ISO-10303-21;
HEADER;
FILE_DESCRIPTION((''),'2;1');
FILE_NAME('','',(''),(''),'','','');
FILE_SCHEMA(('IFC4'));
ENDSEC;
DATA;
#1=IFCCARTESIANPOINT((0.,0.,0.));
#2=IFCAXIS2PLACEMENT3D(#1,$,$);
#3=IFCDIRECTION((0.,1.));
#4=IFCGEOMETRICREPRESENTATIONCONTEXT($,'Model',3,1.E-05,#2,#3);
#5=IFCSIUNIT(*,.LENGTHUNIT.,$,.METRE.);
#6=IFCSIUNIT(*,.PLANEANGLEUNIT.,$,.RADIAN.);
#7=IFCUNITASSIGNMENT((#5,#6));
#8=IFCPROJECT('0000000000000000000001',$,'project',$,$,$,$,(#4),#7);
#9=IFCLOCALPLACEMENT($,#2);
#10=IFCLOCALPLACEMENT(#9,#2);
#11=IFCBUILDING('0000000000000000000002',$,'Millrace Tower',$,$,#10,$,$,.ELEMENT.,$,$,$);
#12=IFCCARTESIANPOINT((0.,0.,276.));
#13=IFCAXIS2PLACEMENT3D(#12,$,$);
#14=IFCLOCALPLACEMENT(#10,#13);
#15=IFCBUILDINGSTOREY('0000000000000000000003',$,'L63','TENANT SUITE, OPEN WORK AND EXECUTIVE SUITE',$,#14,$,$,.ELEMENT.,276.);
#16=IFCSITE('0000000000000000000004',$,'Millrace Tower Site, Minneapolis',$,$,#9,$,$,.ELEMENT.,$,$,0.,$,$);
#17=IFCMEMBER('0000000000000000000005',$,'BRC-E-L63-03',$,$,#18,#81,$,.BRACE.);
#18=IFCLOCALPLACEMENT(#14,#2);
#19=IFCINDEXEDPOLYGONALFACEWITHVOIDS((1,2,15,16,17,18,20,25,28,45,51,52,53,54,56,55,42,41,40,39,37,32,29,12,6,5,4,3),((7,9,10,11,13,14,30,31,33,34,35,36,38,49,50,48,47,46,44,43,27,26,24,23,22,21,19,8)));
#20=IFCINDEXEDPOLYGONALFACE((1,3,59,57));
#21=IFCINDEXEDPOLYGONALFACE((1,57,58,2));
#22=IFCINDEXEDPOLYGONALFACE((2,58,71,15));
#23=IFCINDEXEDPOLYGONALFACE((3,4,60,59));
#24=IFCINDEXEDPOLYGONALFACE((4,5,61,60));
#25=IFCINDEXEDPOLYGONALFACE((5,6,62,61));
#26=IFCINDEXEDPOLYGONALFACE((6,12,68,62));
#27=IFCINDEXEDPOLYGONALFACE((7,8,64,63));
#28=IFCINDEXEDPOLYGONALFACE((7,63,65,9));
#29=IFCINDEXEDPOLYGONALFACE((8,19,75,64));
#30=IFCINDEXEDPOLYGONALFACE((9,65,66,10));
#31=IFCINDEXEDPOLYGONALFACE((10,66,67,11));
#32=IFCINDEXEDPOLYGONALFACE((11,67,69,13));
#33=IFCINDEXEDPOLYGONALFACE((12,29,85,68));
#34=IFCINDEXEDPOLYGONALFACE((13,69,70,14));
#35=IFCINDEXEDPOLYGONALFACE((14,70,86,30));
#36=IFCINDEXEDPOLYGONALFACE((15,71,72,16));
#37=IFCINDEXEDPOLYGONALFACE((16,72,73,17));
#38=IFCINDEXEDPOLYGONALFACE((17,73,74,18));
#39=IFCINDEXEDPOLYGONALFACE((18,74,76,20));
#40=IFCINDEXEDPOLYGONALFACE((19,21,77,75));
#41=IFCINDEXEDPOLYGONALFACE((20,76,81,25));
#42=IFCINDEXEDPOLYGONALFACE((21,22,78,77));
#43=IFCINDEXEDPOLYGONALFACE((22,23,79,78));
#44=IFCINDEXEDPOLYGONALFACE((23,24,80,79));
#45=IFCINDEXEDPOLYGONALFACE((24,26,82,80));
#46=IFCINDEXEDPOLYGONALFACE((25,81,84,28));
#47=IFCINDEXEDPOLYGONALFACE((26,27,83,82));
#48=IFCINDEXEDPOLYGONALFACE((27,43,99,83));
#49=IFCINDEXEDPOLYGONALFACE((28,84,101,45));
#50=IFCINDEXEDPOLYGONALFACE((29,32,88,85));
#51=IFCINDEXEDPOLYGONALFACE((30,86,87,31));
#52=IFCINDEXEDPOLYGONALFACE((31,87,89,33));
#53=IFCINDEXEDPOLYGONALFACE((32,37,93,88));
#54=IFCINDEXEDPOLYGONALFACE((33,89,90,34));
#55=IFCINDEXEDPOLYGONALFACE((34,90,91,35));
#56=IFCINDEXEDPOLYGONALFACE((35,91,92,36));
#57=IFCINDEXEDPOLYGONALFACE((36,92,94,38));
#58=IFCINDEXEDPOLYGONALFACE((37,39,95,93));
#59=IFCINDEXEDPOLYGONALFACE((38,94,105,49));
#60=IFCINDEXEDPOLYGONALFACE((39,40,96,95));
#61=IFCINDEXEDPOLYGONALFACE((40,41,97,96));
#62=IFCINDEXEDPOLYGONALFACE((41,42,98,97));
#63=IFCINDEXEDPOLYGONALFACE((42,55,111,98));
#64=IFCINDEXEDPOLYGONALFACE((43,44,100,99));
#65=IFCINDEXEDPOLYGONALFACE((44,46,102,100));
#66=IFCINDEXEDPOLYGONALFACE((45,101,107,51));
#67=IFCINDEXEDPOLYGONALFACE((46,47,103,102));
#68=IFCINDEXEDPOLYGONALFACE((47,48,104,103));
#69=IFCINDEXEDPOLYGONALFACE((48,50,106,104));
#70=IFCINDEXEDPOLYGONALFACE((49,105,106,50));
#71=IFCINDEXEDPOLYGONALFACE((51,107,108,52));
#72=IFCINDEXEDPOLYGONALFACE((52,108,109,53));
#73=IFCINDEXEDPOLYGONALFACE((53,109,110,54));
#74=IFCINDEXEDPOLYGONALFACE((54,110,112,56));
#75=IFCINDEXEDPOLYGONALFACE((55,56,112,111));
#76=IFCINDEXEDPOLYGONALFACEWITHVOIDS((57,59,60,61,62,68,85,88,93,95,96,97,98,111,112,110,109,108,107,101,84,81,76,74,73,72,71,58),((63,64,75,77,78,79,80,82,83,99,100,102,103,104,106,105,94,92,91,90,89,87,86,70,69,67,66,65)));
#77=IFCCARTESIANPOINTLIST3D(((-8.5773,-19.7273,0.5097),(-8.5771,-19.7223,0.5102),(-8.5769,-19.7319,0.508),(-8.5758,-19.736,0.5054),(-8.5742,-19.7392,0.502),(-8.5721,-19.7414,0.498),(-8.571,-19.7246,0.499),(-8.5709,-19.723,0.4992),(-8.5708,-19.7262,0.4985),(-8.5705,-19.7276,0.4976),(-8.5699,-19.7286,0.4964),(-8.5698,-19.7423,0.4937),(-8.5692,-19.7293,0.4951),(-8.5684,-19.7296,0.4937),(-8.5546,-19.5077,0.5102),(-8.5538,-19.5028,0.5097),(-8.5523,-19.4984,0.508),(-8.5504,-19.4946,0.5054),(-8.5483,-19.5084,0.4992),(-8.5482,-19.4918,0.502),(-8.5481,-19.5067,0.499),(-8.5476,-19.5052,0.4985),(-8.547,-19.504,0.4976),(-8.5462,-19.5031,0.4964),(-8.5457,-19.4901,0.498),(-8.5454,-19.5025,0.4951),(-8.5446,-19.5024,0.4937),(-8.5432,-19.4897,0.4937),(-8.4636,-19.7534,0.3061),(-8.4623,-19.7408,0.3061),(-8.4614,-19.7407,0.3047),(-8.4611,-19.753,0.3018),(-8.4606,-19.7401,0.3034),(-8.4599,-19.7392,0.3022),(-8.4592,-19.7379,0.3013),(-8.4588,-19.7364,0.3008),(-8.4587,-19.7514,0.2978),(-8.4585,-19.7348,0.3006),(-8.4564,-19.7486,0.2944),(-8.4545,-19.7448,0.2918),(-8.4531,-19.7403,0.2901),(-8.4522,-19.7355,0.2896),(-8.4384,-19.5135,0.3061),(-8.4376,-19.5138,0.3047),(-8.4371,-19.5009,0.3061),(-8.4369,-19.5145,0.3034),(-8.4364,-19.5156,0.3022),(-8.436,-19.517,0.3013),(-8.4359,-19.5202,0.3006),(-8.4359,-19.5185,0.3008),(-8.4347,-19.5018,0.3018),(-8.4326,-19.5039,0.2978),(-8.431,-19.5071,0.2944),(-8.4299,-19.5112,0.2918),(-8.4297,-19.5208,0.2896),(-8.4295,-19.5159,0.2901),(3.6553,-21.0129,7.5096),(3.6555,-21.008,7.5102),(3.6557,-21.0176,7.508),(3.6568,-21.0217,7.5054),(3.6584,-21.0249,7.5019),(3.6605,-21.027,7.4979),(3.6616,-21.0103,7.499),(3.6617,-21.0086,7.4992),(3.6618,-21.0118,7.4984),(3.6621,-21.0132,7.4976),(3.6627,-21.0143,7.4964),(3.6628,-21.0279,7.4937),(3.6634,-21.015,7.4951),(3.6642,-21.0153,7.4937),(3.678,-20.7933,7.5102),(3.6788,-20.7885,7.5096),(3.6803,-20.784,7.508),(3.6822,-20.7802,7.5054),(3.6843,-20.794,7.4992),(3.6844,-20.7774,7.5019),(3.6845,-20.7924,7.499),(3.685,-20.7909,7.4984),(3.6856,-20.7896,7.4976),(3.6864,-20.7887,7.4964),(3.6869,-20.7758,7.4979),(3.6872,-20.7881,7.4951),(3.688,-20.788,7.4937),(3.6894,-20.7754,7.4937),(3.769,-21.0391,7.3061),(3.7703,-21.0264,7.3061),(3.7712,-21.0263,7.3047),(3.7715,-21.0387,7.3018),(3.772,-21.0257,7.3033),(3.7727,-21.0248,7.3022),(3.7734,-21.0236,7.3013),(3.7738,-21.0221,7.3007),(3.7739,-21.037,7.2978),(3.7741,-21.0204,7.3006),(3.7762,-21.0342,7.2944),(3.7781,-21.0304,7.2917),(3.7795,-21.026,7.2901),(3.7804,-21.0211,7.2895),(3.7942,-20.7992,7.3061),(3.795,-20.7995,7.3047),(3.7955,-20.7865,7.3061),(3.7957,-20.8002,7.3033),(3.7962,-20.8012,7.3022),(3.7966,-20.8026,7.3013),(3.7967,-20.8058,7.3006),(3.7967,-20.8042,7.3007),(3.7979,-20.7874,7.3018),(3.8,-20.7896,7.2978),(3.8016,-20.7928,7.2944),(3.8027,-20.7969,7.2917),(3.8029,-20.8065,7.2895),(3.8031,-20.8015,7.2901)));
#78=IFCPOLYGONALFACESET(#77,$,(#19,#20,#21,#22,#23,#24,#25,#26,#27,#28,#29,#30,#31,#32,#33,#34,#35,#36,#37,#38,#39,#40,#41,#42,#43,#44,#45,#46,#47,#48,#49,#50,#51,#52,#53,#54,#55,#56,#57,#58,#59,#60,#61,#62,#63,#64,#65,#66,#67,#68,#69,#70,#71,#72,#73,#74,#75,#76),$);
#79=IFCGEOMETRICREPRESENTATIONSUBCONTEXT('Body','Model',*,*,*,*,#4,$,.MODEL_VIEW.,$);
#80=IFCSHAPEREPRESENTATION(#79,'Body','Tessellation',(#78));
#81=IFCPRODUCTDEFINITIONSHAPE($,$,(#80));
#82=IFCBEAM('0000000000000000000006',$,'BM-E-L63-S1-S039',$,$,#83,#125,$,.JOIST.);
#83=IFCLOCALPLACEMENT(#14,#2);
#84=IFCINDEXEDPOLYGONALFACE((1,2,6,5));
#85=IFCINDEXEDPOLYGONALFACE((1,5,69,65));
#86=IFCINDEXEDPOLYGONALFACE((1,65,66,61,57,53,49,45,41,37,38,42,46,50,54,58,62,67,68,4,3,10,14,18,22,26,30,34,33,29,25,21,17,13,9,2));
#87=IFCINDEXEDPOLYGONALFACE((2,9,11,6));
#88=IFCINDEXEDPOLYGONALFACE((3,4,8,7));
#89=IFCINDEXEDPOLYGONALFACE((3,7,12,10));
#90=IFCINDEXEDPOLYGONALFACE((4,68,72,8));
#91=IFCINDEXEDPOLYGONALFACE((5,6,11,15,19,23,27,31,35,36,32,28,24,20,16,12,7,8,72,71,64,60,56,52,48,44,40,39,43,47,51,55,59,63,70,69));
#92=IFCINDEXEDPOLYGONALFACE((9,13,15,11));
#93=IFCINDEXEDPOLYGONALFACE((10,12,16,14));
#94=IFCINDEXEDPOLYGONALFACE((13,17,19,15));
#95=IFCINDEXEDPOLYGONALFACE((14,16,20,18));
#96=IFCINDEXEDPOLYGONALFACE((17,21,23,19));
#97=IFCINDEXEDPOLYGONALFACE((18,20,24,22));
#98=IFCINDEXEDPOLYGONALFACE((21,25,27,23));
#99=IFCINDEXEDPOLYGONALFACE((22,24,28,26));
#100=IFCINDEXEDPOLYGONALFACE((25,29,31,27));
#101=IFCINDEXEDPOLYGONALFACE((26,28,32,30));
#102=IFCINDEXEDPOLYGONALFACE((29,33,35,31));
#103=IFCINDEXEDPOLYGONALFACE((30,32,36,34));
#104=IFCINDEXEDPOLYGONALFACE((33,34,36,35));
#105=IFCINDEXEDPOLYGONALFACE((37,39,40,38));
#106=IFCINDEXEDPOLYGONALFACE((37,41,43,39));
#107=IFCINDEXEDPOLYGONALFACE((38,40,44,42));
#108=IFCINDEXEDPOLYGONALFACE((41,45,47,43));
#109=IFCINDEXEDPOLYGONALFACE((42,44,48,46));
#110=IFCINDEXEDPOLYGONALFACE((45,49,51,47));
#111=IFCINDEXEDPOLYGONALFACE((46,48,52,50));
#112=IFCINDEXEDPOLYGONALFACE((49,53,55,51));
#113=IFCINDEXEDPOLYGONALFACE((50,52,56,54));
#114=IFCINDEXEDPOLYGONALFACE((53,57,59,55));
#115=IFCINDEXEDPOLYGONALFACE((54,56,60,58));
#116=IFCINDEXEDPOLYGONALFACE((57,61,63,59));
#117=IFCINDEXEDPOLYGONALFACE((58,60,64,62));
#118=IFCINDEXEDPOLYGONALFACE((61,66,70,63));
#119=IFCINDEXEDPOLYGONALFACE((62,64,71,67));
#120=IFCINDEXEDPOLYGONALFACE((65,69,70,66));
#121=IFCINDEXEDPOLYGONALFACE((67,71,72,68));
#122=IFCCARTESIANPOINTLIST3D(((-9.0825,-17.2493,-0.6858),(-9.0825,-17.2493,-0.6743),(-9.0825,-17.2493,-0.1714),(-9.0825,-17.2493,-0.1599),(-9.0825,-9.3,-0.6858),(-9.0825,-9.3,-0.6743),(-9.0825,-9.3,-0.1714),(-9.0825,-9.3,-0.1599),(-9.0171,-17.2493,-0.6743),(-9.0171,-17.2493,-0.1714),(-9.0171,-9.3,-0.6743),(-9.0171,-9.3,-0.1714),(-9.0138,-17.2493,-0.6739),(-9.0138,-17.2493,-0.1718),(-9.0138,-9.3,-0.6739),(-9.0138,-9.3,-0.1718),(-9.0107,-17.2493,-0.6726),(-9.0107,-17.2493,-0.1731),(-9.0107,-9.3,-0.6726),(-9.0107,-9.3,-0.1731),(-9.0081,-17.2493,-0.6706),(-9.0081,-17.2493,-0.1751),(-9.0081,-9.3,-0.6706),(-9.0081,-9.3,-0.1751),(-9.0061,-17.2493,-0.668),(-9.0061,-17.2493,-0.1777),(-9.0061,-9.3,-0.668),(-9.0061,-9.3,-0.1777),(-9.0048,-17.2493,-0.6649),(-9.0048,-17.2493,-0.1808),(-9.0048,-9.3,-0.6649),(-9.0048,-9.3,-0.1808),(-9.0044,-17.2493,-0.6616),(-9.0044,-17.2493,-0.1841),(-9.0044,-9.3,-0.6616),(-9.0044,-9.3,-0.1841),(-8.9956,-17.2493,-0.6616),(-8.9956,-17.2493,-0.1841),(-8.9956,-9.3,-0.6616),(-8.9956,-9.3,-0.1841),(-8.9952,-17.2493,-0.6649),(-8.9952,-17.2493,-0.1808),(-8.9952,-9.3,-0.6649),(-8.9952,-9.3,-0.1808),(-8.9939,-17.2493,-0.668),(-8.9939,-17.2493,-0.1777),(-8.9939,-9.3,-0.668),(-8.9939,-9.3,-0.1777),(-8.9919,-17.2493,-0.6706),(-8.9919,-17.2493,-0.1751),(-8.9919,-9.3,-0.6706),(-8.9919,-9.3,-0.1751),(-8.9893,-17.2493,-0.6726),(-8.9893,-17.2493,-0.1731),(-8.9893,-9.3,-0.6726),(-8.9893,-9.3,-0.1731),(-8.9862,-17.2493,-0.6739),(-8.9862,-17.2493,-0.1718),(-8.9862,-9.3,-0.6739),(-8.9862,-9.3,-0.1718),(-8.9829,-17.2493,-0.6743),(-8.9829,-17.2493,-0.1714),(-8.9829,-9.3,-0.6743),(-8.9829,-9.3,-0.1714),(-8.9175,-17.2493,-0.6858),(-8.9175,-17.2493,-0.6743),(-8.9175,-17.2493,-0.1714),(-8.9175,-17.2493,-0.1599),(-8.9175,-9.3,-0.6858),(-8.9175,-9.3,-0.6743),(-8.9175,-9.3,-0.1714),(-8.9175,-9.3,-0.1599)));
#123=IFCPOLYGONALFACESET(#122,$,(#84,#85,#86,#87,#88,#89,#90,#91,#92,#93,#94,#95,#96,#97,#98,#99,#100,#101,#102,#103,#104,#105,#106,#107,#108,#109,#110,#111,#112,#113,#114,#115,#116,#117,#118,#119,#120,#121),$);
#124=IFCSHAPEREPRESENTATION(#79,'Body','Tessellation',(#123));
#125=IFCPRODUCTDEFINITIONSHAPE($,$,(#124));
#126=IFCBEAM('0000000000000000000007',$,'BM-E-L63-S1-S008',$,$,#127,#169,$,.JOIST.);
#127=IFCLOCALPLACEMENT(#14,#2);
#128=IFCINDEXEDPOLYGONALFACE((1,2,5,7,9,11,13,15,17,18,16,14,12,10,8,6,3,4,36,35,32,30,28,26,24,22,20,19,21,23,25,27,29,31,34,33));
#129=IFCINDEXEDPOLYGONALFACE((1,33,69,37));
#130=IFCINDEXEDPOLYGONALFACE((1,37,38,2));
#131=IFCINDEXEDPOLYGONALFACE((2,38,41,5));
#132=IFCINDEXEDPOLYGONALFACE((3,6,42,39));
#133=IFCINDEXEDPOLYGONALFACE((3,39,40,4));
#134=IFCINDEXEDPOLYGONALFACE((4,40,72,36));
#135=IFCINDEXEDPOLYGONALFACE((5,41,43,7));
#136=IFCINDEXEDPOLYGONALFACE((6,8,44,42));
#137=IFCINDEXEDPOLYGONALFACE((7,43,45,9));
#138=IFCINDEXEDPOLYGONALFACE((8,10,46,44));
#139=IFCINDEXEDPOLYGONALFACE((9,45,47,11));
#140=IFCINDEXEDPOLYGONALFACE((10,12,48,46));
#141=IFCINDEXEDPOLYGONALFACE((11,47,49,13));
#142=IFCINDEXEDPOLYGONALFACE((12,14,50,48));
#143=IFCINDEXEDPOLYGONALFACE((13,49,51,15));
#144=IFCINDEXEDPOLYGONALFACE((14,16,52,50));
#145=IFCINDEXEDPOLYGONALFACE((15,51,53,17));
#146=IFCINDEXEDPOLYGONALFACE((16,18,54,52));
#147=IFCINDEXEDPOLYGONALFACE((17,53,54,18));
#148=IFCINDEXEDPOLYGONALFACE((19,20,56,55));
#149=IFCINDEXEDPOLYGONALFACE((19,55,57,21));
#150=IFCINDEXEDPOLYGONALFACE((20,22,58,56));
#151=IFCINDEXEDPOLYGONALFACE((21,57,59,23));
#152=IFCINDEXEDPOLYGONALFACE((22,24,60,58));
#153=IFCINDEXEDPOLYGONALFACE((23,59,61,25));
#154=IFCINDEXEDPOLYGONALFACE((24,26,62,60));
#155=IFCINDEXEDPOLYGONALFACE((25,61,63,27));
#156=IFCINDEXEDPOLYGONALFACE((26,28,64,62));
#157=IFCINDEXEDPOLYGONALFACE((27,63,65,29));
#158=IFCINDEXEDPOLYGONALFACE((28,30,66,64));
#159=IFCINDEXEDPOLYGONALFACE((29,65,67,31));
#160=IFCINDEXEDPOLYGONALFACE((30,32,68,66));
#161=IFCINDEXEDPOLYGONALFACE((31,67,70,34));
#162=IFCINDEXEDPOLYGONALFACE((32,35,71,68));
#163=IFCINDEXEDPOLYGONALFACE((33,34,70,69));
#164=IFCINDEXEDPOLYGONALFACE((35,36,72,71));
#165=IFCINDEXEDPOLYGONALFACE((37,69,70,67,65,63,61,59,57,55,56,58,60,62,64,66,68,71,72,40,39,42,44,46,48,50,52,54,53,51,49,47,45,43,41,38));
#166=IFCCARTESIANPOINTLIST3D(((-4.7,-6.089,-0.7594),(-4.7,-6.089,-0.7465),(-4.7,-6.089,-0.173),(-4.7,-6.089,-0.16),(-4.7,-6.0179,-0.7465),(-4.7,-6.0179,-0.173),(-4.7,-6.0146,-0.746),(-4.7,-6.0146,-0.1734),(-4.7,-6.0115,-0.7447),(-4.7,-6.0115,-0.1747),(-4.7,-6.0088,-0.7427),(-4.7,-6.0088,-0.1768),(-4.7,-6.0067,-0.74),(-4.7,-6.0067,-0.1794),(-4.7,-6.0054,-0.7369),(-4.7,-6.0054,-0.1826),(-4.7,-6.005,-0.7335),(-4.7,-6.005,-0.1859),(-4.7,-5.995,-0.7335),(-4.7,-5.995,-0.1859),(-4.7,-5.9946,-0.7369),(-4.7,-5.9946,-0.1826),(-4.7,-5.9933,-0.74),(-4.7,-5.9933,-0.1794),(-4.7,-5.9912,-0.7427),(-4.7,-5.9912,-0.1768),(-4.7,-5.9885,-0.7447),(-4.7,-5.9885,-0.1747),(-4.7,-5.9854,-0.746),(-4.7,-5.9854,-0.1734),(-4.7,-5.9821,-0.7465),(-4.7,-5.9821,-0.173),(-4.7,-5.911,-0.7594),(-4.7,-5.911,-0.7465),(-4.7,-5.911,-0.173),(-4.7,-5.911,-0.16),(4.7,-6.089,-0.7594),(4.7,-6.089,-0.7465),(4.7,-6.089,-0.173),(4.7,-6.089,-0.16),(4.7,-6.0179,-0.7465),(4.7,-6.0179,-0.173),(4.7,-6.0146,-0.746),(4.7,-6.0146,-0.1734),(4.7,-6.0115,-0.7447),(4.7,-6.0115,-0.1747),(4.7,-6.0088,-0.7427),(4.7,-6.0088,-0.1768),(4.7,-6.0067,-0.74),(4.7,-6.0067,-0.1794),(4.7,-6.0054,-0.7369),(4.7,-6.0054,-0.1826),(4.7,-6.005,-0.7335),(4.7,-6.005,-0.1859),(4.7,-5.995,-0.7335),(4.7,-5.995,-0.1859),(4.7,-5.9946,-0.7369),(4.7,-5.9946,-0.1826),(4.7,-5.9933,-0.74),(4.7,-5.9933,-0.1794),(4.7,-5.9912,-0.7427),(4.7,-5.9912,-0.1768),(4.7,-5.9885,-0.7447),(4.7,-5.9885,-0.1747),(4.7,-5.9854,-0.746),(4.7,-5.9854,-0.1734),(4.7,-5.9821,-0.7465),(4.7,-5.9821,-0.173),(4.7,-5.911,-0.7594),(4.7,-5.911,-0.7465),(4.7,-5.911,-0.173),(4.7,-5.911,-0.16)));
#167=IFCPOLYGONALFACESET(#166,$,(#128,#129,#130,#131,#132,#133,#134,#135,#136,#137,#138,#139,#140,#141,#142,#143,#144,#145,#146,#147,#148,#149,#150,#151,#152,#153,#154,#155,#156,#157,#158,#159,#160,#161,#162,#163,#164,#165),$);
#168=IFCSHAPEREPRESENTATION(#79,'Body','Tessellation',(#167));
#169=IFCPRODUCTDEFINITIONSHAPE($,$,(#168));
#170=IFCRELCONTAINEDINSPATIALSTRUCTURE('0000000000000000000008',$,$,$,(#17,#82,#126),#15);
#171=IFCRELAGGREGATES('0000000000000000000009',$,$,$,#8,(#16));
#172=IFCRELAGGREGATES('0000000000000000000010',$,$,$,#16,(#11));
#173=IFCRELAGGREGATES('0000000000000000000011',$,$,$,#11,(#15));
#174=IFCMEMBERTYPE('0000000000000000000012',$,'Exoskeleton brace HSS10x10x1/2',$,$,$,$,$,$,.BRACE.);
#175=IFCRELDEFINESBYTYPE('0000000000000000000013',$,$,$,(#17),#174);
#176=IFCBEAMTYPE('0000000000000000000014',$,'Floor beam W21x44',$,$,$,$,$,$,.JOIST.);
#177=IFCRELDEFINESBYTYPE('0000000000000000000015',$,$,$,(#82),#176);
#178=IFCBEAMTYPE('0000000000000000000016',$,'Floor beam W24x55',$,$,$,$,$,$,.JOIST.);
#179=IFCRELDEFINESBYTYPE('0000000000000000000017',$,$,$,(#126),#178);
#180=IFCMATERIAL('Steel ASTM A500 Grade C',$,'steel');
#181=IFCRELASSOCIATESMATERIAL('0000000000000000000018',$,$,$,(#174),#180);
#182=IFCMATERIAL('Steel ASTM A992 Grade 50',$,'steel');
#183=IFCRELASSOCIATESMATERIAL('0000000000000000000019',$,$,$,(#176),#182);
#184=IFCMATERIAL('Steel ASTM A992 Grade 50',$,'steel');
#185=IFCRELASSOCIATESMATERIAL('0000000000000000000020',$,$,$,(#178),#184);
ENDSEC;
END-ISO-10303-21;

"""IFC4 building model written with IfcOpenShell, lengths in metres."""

from ifc_helpers import new_model, si_unit, direction, frame, origin, origin_2d, place, context, subcontext, project, spatial, hollow_rectangle, i_section, extrude, material, material_profile, profile_set, type_object, element, save


model = new_model("IFC4")

# Units and contexts
model_context = context("Model", 3, precision=1e-05, world=origin(), true_north=direction((0.0, 1.0)))
body_context = subcontext(model_context, "Body", "Model", "MODEL_VIEW")
ifc_project = project(units=[si_unit("LENGTHUNIT", "METRE"), si_unit("PLANEANGLEUNIT", "RADIAN")], contexts=[model_context])

# Site, building, storey
site_placement = place(None, origin())
site = spatial("IfcSite", under=ifc_project, at=site_placement, Name="Millrace Tower Site, Minneapolis", CompositionType="ELEMENT", RefElevation=0.0)
building_placement = place(site_placement, origin())
building = spatial("IfcBuilding", under=site, at=building_placement, Name="Millrace Tower", CompositionType="ELEMENT")
storey_placement = place(building_placement, frame((0.0, 0.0, 276.0)))
storey = spatial("IfcBuildingStorey", under=building, at=storey_placement, Name="L63", Description="TENANT SUITE, OPEN WORK AND EXECUTIVE SUITE", CompositionType="ELEMENT", Elevation=276.0)

# Member
ifc_material_1 = material(Name="Steel ASTM A500 Grade C", Category="steel")
ifc_material_profile_1 = material_profile(ifc_material_1, hollow_rectangle(XDim=0.2539, YDim=0.2539, WallThickness=0.0127, InnerFilletRadius=0.0063, OuterFilletRadius=0.019, at=origin_2d()))
ifc_profile_set_1 = profile_set([ifc_material_profile_1], Name="Steel ASTM A500 Grade C")
member_type_1 = type_object("IfcMemberType", Name="Exoskeleton brace HSS10x10x1/2", PredefinedType="BRACE", material=ifc_profile_set_1)
member_1_placement = place(storey_placement, frame((-8.5034, -19.6216, 0.3999), z_axis=(0.864352, -0.090843, 0.494615), x_axis=(0.104524, 0.994522, 0.0)))
element("IfcMember", 1, at=member_1_placement, inside=storey, type_object=member_type_1, Name="BRC-E-L63-03", PredefinedType="BRACE", context=body_context, shape_type="SweptSolid", body=[
    extrude(hollow_rectangle(XDim=0.2539, YDim=0.2539, WallThickness=0.0127, InnerFilletRadius=0.0063, OuterFilletRadius=0.019, at=origin_2d()), origin(), (0.0, 0.0, 1.0), 14.1523),
])

# Beams
ifc_material_2 = material(Name="Steel ASTM A992 Grade 50", Category="steel")
ifc_material_profile_2 = material_profile(ifc_material_2, i_section(OverallWidth=0.165, OverallDepth=0.5259, WebThickness=0.0088, FlangeThickness=0.0115, FilletRadius=0.0127, at=origin_2d()))
ifc_profile_set_2 = profile_set([ifc_material_profile_2], Name="Steel ASTM A992 Grade 50")
beam_type_1 = type_object("IfcBeamType", Name="Floor beam W21x44", PredefinedType="JOIST", material=ifc_profile_set_2)
beam_1_placement = place(storey_placement, frame((-9.0, -17.2493, -0.4229), z_axis=(0.0, 1.0, 0.0), x_axis=(-1.0, 0.0, 0.0)))
element("IfcBeam", 2, at=beam_1_placement, inside=storey, type_object=beam_type_1, Name="BM-E-L63-S1-S039", PredefinedType="JOIST", context=body_context, shape_type="SweptSolid", body=[
    extrude(i_section(OverallWidth=0.165, OverallDepth=0.5259, WebThickness=0.0088, FlangeThickness=0.0115, FilletRadius=0.0127, at=origin_2d()), origin(), (0.0, 0.0, 1.0), 7.9492),
])
ifc_material_3 = material(Name="Steel ASTM A992 Grade 50", Category="steel")
ifc_material_profile_3 = material_profile(ifc_material_3, i_section(OverallWidth=0.178, OverallDepth=0.5994, WebThickness=0.01, FlangeThickness=0.0129, FilletRadius=0.0129, at=origin_2d()))
ifc_profile_set_3 = profile_set([ifc_material_profile_3], Name="Steel ASTM A992 Grade 50")
beam_type_2 = type_object("IfcBeamType", Name="Floor beam W24x55", PredefinedType="JOIST", material=ifc_profile_set_3)
for number, where, z_axis, x_axis, name in (
    (3, (-4.7, -6.0, -0.4597), (1.0, 0.0, 0.0), (0.0, 1.0, 0.0), "BM-E-L63-S1-S008"),
):
    element("IfcBeam", number, at=place(storey_placement, frame(where, z_axis=z_axis, x_axis=x_axis)), inside=storey, type_object=beam_type_2, Name=name, PredefinedType="JOIST", context=body_context, shape_type="SweptSolid", body=[
        extrude(i_section(OverallWidth=0.178, OverallDepth=0.5994, WebThickness=0.01, FlangeThickness=0.0129, FilletRadius=0.0129, at=origin_2d()), origin(), (0.0, 0.0, 1.0), 9.3999),
    ])

save(model, "model.ifc")
